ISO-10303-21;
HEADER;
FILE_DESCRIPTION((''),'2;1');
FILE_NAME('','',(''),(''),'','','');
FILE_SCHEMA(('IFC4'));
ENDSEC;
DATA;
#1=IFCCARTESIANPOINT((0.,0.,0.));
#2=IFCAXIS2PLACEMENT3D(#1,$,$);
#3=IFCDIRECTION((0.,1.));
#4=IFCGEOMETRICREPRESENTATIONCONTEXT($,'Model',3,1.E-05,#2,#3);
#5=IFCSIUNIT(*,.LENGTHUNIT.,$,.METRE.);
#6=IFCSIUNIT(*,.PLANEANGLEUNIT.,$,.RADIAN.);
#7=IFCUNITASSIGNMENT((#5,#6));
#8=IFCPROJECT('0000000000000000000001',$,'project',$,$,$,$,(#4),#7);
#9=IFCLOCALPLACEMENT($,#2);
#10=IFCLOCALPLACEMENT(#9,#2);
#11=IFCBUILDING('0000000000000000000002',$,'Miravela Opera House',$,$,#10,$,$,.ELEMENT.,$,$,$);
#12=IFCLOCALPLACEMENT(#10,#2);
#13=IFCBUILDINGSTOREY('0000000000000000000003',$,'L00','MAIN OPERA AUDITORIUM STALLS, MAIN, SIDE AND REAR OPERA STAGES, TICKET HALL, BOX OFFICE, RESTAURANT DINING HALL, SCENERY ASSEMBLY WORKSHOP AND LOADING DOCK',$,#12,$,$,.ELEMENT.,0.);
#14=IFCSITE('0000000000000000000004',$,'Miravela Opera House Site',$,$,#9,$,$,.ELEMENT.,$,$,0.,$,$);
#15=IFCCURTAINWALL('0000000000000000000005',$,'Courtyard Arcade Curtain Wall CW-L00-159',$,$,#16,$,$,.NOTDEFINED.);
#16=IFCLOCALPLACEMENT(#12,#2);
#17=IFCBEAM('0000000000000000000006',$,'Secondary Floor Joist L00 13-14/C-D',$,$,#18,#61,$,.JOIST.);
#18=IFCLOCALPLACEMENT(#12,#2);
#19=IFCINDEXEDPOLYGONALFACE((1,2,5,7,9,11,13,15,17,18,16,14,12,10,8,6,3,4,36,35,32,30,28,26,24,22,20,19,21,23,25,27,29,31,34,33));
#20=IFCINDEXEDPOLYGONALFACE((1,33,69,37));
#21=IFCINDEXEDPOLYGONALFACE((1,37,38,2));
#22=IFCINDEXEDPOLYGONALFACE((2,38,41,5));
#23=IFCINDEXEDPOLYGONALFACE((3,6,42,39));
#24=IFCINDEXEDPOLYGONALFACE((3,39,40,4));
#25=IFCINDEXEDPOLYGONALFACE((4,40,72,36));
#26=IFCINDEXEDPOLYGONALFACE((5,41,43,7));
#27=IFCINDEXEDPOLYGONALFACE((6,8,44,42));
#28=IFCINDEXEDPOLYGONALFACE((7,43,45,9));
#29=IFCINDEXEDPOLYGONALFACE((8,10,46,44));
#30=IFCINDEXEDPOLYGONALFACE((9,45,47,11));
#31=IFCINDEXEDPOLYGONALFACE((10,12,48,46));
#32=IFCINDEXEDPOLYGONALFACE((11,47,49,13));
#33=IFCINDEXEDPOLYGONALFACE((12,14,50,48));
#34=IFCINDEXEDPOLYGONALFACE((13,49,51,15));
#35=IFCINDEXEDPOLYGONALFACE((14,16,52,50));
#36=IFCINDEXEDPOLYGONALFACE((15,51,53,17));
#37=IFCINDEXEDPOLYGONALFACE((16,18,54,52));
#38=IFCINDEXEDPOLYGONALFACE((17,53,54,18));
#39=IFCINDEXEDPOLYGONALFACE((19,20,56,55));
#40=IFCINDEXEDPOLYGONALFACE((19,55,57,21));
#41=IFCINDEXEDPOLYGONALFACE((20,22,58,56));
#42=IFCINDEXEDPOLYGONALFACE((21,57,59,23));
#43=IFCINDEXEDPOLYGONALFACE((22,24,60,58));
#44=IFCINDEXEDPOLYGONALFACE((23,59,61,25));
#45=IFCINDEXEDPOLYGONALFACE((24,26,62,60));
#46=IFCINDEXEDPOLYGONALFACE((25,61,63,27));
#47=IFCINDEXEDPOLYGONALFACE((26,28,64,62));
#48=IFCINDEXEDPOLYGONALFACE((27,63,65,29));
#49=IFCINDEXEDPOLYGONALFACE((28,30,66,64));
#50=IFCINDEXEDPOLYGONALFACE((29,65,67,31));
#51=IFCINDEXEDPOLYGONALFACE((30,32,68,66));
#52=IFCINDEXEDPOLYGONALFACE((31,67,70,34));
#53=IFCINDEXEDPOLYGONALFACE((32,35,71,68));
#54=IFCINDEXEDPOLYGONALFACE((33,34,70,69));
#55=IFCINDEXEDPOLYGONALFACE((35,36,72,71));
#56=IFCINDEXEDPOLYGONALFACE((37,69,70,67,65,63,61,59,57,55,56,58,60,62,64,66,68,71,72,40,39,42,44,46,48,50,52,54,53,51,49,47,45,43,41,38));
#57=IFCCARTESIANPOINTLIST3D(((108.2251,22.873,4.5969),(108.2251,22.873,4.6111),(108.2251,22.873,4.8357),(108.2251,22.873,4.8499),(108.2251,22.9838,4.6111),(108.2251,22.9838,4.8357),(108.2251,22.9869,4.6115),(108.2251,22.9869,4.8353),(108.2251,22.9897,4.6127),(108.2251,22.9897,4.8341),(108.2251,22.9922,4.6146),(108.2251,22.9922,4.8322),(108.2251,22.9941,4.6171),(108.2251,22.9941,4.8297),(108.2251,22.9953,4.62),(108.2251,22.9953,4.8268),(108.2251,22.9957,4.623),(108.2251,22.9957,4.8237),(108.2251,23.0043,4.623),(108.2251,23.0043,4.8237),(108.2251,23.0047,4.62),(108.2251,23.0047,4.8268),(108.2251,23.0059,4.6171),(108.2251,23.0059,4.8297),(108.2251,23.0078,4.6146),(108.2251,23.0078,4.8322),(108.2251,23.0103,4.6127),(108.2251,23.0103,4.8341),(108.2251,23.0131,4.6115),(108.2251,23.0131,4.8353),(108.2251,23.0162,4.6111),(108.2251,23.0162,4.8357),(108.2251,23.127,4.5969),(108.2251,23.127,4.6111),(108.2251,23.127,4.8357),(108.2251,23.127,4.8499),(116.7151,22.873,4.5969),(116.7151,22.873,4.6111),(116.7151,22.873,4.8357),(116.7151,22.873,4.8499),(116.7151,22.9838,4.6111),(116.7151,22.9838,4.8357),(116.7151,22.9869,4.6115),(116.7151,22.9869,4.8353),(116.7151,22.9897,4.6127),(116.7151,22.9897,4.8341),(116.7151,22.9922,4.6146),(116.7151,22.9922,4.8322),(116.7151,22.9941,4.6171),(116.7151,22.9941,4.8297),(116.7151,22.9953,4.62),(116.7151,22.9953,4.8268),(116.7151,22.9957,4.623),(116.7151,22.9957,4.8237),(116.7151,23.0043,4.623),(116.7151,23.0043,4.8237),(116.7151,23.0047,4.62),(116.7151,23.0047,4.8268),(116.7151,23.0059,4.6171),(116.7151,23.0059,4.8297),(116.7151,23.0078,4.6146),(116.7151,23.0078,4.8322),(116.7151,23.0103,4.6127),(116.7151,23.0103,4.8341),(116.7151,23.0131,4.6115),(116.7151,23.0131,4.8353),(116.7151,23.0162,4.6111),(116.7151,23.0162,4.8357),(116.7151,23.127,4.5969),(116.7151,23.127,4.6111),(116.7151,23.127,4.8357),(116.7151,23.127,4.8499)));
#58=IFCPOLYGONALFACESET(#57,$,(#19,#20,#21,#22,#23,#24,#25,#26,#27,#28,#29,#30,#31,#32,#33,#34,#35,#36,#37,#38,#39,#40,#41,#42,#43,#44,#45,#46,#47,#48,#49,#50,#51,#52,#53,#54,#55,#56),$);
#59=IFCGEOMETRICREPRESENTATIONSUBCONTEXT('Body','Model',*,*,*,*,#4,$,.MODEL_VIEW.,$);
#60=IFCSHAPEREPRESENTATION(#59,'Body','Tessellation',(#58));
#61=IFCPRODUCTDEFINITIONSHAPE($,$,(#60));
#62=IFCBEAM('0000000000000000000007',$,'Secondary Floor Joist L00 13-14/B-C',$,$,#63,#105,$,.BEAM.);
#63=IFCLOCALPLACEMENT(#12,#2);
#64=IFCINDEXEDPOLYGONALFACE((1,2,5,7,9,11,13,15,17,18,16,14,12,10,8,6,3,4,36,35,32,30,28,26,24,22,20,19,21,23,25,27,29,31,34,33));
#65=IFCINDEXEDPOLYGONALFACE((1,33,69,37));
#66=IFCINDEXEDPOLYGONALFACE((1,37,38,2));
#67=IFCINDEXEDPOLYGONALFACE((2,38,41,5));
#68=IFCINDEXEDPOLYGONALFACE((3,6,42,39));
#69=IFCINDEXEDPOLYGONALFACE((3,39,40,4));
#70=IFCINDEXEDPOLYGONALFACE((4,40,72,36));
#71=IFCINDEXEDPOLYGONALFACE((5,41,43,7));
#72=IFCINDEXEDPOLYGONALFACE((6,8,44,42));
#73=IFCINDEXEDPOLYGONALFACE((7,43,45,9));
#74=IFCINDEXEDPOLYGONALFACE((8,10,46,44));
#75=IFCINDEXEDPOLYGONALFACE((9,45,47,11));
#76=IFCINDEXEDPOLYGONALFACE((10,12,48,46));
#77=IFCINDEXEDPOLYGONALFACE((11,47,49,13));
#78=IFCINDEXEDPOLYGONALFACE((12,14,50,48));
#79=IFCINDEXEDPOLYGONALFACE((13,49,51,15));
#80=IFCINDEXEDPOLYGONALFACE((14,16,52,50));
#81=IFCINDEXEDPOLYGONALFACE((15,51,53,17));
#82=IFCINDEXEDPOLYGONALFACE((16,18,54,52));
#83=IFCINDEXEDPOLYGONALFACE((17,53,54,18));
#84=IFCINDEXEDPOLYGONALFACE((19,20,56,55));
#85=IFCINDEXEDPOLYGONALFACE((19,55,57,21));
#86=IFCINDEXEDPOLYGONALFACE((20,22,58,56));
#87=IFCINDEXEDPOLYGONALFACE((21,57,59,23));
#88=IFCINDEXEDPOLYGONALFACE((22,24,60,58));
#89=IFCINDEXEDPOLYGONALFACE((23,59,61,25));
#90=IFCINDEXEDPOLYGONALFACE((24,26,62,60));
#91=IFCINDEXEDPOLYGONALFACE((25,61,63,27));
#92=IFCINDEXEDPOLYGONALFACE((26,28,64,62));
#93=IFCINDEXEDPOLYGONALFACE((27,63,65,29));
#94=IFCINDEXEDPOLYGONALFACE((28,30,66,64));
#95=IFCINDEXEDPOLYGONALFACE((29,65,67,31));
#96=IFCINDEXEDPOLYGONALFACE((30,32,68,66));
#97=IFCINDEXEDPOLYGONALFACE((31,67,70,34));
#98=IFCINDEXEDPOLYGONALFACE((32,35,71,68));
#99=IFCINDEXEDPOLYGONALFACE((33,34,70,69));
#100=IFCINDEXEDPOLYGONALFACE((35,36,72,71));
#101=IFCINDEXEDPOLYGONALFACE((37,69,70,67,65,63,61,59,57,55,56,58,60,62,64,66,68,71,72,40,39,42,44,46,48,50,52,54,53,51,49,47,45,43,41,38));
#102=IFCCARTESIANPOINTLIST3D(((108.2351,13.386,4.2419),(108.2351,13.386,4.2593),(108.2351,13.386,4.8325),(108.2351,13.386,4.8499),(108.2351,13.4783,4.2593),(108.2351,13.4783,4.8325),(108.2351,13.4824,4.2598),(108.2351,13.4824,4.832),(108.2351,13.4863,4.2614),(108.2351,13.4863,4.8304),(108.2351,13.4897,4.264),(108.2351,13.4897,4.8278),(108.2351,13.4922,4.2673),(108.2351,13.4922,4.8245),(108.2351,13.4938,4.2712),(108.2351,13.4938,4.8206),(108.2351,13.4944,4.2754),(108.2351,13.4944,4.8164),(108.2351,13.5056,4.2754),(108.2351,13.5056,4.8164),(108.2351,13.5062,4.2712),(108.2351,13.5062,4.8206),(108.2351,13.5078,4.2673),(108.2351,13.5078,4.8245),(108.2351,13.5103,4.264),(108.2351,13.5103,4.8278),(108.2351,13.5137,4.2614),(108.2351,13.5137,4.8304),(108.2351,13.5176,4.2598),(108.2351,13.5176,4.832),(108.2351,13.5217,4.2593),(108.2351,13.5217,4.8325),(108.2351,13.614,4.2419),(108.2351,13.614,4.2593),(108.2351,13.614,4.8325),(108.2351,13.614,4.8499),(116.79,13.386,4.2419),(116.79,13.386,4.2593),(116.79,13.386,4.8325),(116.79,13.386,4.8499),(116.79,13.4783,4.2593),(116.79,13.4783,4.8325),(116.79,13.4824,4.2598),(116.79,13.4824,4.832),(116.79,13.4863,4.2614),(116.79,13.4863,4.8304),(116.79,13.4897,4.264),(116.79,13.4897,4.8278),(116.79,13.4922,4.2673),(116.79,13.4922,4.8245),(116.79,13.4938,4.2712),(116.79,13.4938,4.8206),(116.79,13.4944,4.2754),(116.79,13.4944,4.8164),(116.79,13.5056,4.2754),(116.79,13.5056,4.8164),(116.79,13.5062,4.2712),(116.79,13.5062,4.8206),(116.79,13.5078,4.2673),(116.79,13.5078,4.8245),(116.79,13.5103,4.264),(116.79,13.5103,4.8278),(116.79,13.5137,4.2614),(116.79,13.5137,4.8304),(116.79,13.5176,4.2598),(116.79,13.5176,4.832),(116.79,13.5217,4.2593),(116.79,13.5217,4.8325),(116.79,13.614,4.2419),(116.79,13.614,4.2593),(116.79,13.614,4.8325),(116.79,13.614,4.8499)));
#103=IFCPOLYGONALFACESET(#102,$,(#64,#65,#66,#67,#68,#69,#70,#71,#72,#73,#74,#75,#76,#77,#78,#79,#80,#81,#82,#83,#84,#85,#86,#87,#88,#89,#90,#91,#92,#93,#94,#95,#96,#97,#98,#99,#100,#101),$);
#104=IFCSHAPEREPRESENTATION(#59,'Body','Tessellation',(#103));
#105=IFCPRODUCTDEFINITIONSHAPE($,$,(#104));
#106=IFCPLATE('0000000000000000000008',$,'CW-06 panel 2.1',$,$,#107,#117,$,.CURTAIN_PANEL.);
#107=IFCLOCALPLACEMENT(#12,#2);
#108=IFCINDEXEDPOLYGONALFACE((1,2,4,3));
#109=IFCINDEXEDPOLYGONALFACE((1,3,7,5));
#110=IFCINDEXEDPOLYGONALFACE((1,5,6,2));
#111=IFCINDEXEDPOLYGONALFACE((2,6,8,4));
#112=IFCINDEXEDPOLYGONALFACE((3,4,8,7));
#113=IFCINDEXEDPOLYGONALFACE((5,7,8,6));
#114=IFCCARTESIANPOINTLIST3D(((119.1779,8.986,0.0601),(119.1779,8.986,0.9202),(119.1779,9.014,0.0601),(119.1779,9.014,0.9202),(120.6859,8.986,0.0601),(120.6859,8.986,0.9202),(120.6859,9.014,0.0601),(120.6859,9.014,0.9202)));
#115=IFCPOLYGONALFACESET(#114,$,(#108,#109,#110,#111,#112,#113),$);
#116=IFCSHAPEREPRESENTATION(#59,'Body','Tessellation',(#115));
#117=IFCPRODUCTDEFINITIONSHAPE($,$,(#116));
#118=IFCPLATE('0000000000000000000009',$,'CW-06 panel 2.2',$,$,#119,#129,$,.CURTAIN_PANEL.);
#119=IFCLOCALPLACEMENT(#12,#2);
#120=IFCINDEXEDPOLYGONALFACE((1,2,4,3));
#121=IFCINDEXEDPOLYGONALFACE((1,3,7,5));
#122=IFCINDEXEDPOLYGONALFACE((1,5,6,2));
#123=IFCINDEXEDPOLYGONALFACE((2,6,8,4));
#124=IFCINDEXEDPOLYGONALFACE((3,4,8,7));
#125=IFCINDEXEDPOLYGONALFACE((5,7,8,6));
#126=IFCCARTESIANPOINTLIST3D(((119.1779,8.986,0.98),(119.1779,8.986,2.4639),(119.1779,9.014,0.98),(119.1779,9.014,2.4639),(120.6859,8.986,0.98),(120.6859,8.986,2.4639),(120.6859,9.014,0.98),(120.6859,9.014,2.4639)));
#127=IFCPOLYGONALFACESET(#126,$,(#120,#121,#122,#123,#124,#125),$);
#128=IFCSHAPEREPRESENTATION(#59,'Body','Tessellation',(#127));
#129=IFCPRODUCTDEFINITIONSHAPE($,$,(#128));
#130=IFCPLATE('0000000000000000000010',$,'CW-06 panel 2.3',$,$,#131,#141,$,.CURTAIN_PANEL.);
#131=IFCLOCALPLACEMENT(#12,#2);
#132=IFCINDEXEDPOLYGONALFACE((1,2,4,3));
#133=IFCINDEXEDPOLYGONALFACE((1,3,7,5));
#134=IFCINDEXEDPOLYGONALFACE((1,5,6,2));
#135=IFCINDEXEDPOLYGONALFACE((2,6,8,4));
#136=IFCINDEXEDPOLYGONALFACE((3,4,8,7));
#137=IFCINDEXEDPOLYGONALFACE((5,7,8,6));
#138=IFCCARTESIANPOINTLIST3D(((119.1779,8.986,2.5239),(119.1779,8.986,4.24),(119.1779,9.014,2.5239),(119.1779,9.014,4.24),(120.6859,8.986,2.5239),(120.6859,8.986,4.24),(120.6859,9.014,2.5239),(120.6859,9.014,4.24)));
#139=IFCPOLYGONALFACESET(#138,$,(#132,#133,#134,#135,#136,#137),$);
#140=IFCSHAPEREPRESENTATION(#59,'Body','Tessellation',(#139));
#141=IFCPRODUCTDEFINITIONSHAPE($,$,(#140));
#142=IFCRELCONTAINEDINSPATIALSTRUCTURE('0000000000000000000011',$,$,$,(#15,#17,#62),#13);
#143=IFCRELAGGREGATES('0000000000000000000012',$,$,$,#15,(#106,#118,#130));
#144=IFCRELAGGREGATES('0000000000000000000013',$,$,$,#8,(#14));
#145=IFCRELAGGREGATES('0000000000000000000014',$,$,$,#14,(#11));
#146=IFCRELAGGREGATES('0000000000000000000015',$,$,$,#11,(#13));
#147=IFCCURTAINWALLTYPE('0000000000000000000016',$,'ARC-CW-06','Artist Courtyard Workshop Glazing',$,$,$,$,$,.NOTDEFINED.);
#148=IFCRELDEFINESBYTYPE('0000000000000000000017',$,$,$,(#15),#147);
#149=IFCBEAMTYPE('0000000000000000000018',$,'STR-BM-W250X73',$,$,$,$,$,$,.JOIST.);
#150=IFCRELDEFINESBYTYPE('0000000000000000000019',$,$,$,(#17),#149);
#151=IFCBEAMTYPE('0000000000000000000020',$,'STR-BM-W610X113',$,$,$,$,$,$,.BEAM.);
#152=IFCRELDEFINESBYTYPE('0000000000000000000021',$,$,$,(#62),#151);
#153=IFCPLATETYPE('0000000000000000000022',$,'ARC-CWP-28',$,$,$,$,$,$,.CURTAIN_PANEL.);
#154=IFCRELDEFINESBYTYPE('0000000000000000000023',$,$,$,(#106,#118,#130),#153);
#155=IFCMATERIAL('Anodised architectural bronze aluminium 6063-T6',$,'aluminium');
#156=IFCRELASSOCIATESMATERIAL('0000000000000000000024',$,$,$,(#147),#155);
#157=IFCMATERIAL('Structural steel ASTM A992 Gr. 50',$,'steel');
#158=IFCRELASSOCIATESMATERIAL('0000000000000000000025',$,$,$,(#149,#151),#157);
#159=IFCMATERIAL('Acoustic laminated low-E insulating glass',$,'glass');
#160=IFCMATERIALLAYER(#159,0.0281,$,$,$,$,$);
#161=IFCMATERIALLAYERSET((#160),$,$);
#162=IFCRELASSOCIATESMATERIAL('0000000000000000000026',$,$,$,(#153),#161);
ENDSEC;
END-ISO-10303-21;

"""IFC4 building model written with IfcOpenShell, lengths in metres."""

from ifc_helpers import new_model, si_unit, direction, frame, origin, origin_2d, place, context, subcontext, project, spatial, rectangle, i_section, extrude, material, layer, layer_set, material_profile, profile_set, type_object, element, aggregate, save


model = new_model("IFC4")

# Units and contexts
model_context = context("Model", 3, precision=1e-05, world=origin(), true_north=direction((0.0, 1.0)))
body_context = subcontext(model_context, "Body", "Model", "MODEL_VIEW")
ifc_project = project(units=[si_unit("LENGTHUNIT", "METRE"), si_unit("PLANEANGLEUNIT", "RADIAN")], contexts=[model_context])

# Site, building, storey
site_placement = place(None, origin())
site = spatial("IfcSite", under=ifc_project, at=site_placement, Name="Miravela Opera House Site", CompositionType="ELEMENT", RefElevation=0.0)
building_placement = place(site_placement, origin())
building = spatial("IfcBuilding", under=site, at=building_placement, Name="Miravela Opera House", CompositionType="ELEMENT")
storey_placement = place(building_placement, origin())
storey = spatial("IfcBuildingStorey", under=building, at=storey_placement, Name="L00", Description="MAIN OPERA AUDITORIUM STALLS, MAIN, SIDE AND REAR OPERA STAGES, TICKET HALL, BOX OFFICE, RESTAURANT DINING HALL, SCENERY ASSEMBLY WORKSHOP AND LOADING DOCK", CompositionType="ELEMENT", Elevation=0.0)

# Curtain wall
ifc_material_1 = material(Name="Anodised architectural bronze aluminium 6063-T6", Category="aluminium")
curtain_wall_type = type_object("IfcCurtainWallType", Name="ARC-CW-06", Description="Artist Courtyard Workshop Glazing", PredefinedType="NOTDEFINED", material=ifc_material_1)
curtain_wall_1_placement = place(storey_placement, origin())
curtain_wall_1 = element("IfcCurtainWall", 1, at=curtain_wall_1_placement, inside=storey, type_object=curtain_wall_type, Name="Courtyard Arcade Curtain Wall CW-L00-159", PredefinedType="NOTDEFINED")

# Beams
ifc_material_2 = material(Name="Structural steel ASTM A992 Gr. 50", Category="steel")
ifc_material_profile_1 = material_profile(ifc_material_2, i_section(OverallWidth=0.2539, OverallDepth=0.2529, WebThickness=0.0085, FlangeThickness=0.0142, FilletRadius=0.012, at=origin_2d()), Name="W250X73")
ifc_profile_set_1 = profile_set([ifc_material_profile_1])
beam_type_1 = type_object("IfcBeamType", Name="STR-BM-W250X73", PredefinedType="JOIST", material=ifc_profile_set_1)
beam_1_placement = place(storey_placement, frame((108.2251, 23.0, 4.7234), z_axis=(1.0, 0.0, 0.0), x_axis=(0.0, 1.0, 0.0)))
element("IfcBeam", 2, at=beam_1_placement, inside=storey, type_object=beam_type_1, Name="Secondary Floor Joist L00 13-14/C-D", PredefinedType="JOIST", context=body_context, shape_type="SweptSolid", body=[
    extrude(i_section(OverallWidth=0.2539, OverallDepth=0.2529, WebThickness=0.0085, FlangeThickness=0.0142, FilletRadius=0.012, at=origin_2d()), origin(), (0.0, 0.0, 1.0), 8.49),
])
ifc_material_profile_2 = material_profile(ifc_material_2, i_section(OverallWidth=0.228, OverallDepth=0.6079, WebThickness=0.0112, FlangeThickness=0.0173, FilletRadius=0.0161, at=origin_2d()), Name="W610X113")
ifc_profile_set_2 = profile_set([ifc_material_profile_2])
beam_type_2 = type_object("IfcBeamType", Name="STR-BM-W610X113", PredefinedType="BEAM", material=ifc_profile_set_2)
beam_2_placement = place(storey_placement, frame((108.2351, 13.5, 4.5459), z_axis=(1.0, 0.0, 0.0), x_axis=(0.0, 1.0, 0.0)))
element("IfcBeam", 3, at=beam_2_placement, inside=storey, type_object=beam_type_2, Name="Secondary Floor Joist L00 13-14/B-C", PredefinedType="BEAM", context=body_context, shape_type="SweptSolid", body=[
    extrude(i_section(OverallWidth=0.228, OverallDepth=0.6079, WebThickness=0.0112, FlangeThickness=0.0173, FilletRadius=0.0161, at=origin_2d()), origin(), (0.0, 0.0, 1.0), 8.5549),
])

# Plates
ifc_material_3 = material(Name="Acoustic laminated low-E insulating glass", Category="glass")
ifc_layer_1 = layer(ifc_material_3, 0.0281)
ifc_layer_set_1 = layer_set([ifc_layer_1])
plate_type = type_object("IfcPlateType", Name="ARC-CWP-28", PredefinedType="CURTAIN_PANEL", material=ifc_layer_set_1)
plate_1_placement = place(storey_placement, frame((119.9319, 9.0, 0.0601), z_axis=(0.0, 0.0, 1.0), x_axis=(1.0, 0.0, 0.0)))
plate_1 = element("IfcPlate", 4, at=plate_1_placement, type_object=plate_type, Name="CW-06 panel 2.1", PredefinedType="CURTAIN_PANEL", context=body_context, shape_type="SweptSolid", body=[
    extrude(rectangle(XDim=1.5081, YDim=0.0281, at=origin_2d()), origin(), (0.0, 0.0, 1.0), 0.8601),
])
plate_2_placement = place(storey_placement, frame((119.9319, 9.0, 0.98), z_axis=(0.0, 0.0, 1.0), x_axis=(1.0, 0.0, 0.0)))
plate_2 = element("IfcPlate", 5, at=plate_2_placement, type_object=plate_type, Name="CW-06 panel 2.2", PredefinedType="CURTAIN_PANEL", context=body_context, shape_type="SweptSolid", body=[
    extrude(rectangle(XDim=1.5081, YDim=0.0281, at=origin_2d()), origin(), (0.0, 0.0, 1.0), 1.4839),
])
plate_3_placement = place(storey_placement, frame((119.9319, 9.0, 2.5239), z_axis=(0.0, 0.0, 1.0), x_axis=(1.0, 0.0, 0.0)))
plate_3 = element("IfcPlate", 6, at=plate_3_placement, type_object=plate_type, Name="CW-06 panel 2.3", PredefinedType="CURTAIN_PANEL", context=body_context, shape_type="SweptSolid", body=[
    extrude(rectangle(XDim=1.5081, YDim=0.0281, at=origin_2d()), origin(), (0.0, 0.0, 1.0), 1.7161),
])
aggregate(curtain_wall_1, [plate_1, plate_2, plate_3])

save(model, "model.ifc")
